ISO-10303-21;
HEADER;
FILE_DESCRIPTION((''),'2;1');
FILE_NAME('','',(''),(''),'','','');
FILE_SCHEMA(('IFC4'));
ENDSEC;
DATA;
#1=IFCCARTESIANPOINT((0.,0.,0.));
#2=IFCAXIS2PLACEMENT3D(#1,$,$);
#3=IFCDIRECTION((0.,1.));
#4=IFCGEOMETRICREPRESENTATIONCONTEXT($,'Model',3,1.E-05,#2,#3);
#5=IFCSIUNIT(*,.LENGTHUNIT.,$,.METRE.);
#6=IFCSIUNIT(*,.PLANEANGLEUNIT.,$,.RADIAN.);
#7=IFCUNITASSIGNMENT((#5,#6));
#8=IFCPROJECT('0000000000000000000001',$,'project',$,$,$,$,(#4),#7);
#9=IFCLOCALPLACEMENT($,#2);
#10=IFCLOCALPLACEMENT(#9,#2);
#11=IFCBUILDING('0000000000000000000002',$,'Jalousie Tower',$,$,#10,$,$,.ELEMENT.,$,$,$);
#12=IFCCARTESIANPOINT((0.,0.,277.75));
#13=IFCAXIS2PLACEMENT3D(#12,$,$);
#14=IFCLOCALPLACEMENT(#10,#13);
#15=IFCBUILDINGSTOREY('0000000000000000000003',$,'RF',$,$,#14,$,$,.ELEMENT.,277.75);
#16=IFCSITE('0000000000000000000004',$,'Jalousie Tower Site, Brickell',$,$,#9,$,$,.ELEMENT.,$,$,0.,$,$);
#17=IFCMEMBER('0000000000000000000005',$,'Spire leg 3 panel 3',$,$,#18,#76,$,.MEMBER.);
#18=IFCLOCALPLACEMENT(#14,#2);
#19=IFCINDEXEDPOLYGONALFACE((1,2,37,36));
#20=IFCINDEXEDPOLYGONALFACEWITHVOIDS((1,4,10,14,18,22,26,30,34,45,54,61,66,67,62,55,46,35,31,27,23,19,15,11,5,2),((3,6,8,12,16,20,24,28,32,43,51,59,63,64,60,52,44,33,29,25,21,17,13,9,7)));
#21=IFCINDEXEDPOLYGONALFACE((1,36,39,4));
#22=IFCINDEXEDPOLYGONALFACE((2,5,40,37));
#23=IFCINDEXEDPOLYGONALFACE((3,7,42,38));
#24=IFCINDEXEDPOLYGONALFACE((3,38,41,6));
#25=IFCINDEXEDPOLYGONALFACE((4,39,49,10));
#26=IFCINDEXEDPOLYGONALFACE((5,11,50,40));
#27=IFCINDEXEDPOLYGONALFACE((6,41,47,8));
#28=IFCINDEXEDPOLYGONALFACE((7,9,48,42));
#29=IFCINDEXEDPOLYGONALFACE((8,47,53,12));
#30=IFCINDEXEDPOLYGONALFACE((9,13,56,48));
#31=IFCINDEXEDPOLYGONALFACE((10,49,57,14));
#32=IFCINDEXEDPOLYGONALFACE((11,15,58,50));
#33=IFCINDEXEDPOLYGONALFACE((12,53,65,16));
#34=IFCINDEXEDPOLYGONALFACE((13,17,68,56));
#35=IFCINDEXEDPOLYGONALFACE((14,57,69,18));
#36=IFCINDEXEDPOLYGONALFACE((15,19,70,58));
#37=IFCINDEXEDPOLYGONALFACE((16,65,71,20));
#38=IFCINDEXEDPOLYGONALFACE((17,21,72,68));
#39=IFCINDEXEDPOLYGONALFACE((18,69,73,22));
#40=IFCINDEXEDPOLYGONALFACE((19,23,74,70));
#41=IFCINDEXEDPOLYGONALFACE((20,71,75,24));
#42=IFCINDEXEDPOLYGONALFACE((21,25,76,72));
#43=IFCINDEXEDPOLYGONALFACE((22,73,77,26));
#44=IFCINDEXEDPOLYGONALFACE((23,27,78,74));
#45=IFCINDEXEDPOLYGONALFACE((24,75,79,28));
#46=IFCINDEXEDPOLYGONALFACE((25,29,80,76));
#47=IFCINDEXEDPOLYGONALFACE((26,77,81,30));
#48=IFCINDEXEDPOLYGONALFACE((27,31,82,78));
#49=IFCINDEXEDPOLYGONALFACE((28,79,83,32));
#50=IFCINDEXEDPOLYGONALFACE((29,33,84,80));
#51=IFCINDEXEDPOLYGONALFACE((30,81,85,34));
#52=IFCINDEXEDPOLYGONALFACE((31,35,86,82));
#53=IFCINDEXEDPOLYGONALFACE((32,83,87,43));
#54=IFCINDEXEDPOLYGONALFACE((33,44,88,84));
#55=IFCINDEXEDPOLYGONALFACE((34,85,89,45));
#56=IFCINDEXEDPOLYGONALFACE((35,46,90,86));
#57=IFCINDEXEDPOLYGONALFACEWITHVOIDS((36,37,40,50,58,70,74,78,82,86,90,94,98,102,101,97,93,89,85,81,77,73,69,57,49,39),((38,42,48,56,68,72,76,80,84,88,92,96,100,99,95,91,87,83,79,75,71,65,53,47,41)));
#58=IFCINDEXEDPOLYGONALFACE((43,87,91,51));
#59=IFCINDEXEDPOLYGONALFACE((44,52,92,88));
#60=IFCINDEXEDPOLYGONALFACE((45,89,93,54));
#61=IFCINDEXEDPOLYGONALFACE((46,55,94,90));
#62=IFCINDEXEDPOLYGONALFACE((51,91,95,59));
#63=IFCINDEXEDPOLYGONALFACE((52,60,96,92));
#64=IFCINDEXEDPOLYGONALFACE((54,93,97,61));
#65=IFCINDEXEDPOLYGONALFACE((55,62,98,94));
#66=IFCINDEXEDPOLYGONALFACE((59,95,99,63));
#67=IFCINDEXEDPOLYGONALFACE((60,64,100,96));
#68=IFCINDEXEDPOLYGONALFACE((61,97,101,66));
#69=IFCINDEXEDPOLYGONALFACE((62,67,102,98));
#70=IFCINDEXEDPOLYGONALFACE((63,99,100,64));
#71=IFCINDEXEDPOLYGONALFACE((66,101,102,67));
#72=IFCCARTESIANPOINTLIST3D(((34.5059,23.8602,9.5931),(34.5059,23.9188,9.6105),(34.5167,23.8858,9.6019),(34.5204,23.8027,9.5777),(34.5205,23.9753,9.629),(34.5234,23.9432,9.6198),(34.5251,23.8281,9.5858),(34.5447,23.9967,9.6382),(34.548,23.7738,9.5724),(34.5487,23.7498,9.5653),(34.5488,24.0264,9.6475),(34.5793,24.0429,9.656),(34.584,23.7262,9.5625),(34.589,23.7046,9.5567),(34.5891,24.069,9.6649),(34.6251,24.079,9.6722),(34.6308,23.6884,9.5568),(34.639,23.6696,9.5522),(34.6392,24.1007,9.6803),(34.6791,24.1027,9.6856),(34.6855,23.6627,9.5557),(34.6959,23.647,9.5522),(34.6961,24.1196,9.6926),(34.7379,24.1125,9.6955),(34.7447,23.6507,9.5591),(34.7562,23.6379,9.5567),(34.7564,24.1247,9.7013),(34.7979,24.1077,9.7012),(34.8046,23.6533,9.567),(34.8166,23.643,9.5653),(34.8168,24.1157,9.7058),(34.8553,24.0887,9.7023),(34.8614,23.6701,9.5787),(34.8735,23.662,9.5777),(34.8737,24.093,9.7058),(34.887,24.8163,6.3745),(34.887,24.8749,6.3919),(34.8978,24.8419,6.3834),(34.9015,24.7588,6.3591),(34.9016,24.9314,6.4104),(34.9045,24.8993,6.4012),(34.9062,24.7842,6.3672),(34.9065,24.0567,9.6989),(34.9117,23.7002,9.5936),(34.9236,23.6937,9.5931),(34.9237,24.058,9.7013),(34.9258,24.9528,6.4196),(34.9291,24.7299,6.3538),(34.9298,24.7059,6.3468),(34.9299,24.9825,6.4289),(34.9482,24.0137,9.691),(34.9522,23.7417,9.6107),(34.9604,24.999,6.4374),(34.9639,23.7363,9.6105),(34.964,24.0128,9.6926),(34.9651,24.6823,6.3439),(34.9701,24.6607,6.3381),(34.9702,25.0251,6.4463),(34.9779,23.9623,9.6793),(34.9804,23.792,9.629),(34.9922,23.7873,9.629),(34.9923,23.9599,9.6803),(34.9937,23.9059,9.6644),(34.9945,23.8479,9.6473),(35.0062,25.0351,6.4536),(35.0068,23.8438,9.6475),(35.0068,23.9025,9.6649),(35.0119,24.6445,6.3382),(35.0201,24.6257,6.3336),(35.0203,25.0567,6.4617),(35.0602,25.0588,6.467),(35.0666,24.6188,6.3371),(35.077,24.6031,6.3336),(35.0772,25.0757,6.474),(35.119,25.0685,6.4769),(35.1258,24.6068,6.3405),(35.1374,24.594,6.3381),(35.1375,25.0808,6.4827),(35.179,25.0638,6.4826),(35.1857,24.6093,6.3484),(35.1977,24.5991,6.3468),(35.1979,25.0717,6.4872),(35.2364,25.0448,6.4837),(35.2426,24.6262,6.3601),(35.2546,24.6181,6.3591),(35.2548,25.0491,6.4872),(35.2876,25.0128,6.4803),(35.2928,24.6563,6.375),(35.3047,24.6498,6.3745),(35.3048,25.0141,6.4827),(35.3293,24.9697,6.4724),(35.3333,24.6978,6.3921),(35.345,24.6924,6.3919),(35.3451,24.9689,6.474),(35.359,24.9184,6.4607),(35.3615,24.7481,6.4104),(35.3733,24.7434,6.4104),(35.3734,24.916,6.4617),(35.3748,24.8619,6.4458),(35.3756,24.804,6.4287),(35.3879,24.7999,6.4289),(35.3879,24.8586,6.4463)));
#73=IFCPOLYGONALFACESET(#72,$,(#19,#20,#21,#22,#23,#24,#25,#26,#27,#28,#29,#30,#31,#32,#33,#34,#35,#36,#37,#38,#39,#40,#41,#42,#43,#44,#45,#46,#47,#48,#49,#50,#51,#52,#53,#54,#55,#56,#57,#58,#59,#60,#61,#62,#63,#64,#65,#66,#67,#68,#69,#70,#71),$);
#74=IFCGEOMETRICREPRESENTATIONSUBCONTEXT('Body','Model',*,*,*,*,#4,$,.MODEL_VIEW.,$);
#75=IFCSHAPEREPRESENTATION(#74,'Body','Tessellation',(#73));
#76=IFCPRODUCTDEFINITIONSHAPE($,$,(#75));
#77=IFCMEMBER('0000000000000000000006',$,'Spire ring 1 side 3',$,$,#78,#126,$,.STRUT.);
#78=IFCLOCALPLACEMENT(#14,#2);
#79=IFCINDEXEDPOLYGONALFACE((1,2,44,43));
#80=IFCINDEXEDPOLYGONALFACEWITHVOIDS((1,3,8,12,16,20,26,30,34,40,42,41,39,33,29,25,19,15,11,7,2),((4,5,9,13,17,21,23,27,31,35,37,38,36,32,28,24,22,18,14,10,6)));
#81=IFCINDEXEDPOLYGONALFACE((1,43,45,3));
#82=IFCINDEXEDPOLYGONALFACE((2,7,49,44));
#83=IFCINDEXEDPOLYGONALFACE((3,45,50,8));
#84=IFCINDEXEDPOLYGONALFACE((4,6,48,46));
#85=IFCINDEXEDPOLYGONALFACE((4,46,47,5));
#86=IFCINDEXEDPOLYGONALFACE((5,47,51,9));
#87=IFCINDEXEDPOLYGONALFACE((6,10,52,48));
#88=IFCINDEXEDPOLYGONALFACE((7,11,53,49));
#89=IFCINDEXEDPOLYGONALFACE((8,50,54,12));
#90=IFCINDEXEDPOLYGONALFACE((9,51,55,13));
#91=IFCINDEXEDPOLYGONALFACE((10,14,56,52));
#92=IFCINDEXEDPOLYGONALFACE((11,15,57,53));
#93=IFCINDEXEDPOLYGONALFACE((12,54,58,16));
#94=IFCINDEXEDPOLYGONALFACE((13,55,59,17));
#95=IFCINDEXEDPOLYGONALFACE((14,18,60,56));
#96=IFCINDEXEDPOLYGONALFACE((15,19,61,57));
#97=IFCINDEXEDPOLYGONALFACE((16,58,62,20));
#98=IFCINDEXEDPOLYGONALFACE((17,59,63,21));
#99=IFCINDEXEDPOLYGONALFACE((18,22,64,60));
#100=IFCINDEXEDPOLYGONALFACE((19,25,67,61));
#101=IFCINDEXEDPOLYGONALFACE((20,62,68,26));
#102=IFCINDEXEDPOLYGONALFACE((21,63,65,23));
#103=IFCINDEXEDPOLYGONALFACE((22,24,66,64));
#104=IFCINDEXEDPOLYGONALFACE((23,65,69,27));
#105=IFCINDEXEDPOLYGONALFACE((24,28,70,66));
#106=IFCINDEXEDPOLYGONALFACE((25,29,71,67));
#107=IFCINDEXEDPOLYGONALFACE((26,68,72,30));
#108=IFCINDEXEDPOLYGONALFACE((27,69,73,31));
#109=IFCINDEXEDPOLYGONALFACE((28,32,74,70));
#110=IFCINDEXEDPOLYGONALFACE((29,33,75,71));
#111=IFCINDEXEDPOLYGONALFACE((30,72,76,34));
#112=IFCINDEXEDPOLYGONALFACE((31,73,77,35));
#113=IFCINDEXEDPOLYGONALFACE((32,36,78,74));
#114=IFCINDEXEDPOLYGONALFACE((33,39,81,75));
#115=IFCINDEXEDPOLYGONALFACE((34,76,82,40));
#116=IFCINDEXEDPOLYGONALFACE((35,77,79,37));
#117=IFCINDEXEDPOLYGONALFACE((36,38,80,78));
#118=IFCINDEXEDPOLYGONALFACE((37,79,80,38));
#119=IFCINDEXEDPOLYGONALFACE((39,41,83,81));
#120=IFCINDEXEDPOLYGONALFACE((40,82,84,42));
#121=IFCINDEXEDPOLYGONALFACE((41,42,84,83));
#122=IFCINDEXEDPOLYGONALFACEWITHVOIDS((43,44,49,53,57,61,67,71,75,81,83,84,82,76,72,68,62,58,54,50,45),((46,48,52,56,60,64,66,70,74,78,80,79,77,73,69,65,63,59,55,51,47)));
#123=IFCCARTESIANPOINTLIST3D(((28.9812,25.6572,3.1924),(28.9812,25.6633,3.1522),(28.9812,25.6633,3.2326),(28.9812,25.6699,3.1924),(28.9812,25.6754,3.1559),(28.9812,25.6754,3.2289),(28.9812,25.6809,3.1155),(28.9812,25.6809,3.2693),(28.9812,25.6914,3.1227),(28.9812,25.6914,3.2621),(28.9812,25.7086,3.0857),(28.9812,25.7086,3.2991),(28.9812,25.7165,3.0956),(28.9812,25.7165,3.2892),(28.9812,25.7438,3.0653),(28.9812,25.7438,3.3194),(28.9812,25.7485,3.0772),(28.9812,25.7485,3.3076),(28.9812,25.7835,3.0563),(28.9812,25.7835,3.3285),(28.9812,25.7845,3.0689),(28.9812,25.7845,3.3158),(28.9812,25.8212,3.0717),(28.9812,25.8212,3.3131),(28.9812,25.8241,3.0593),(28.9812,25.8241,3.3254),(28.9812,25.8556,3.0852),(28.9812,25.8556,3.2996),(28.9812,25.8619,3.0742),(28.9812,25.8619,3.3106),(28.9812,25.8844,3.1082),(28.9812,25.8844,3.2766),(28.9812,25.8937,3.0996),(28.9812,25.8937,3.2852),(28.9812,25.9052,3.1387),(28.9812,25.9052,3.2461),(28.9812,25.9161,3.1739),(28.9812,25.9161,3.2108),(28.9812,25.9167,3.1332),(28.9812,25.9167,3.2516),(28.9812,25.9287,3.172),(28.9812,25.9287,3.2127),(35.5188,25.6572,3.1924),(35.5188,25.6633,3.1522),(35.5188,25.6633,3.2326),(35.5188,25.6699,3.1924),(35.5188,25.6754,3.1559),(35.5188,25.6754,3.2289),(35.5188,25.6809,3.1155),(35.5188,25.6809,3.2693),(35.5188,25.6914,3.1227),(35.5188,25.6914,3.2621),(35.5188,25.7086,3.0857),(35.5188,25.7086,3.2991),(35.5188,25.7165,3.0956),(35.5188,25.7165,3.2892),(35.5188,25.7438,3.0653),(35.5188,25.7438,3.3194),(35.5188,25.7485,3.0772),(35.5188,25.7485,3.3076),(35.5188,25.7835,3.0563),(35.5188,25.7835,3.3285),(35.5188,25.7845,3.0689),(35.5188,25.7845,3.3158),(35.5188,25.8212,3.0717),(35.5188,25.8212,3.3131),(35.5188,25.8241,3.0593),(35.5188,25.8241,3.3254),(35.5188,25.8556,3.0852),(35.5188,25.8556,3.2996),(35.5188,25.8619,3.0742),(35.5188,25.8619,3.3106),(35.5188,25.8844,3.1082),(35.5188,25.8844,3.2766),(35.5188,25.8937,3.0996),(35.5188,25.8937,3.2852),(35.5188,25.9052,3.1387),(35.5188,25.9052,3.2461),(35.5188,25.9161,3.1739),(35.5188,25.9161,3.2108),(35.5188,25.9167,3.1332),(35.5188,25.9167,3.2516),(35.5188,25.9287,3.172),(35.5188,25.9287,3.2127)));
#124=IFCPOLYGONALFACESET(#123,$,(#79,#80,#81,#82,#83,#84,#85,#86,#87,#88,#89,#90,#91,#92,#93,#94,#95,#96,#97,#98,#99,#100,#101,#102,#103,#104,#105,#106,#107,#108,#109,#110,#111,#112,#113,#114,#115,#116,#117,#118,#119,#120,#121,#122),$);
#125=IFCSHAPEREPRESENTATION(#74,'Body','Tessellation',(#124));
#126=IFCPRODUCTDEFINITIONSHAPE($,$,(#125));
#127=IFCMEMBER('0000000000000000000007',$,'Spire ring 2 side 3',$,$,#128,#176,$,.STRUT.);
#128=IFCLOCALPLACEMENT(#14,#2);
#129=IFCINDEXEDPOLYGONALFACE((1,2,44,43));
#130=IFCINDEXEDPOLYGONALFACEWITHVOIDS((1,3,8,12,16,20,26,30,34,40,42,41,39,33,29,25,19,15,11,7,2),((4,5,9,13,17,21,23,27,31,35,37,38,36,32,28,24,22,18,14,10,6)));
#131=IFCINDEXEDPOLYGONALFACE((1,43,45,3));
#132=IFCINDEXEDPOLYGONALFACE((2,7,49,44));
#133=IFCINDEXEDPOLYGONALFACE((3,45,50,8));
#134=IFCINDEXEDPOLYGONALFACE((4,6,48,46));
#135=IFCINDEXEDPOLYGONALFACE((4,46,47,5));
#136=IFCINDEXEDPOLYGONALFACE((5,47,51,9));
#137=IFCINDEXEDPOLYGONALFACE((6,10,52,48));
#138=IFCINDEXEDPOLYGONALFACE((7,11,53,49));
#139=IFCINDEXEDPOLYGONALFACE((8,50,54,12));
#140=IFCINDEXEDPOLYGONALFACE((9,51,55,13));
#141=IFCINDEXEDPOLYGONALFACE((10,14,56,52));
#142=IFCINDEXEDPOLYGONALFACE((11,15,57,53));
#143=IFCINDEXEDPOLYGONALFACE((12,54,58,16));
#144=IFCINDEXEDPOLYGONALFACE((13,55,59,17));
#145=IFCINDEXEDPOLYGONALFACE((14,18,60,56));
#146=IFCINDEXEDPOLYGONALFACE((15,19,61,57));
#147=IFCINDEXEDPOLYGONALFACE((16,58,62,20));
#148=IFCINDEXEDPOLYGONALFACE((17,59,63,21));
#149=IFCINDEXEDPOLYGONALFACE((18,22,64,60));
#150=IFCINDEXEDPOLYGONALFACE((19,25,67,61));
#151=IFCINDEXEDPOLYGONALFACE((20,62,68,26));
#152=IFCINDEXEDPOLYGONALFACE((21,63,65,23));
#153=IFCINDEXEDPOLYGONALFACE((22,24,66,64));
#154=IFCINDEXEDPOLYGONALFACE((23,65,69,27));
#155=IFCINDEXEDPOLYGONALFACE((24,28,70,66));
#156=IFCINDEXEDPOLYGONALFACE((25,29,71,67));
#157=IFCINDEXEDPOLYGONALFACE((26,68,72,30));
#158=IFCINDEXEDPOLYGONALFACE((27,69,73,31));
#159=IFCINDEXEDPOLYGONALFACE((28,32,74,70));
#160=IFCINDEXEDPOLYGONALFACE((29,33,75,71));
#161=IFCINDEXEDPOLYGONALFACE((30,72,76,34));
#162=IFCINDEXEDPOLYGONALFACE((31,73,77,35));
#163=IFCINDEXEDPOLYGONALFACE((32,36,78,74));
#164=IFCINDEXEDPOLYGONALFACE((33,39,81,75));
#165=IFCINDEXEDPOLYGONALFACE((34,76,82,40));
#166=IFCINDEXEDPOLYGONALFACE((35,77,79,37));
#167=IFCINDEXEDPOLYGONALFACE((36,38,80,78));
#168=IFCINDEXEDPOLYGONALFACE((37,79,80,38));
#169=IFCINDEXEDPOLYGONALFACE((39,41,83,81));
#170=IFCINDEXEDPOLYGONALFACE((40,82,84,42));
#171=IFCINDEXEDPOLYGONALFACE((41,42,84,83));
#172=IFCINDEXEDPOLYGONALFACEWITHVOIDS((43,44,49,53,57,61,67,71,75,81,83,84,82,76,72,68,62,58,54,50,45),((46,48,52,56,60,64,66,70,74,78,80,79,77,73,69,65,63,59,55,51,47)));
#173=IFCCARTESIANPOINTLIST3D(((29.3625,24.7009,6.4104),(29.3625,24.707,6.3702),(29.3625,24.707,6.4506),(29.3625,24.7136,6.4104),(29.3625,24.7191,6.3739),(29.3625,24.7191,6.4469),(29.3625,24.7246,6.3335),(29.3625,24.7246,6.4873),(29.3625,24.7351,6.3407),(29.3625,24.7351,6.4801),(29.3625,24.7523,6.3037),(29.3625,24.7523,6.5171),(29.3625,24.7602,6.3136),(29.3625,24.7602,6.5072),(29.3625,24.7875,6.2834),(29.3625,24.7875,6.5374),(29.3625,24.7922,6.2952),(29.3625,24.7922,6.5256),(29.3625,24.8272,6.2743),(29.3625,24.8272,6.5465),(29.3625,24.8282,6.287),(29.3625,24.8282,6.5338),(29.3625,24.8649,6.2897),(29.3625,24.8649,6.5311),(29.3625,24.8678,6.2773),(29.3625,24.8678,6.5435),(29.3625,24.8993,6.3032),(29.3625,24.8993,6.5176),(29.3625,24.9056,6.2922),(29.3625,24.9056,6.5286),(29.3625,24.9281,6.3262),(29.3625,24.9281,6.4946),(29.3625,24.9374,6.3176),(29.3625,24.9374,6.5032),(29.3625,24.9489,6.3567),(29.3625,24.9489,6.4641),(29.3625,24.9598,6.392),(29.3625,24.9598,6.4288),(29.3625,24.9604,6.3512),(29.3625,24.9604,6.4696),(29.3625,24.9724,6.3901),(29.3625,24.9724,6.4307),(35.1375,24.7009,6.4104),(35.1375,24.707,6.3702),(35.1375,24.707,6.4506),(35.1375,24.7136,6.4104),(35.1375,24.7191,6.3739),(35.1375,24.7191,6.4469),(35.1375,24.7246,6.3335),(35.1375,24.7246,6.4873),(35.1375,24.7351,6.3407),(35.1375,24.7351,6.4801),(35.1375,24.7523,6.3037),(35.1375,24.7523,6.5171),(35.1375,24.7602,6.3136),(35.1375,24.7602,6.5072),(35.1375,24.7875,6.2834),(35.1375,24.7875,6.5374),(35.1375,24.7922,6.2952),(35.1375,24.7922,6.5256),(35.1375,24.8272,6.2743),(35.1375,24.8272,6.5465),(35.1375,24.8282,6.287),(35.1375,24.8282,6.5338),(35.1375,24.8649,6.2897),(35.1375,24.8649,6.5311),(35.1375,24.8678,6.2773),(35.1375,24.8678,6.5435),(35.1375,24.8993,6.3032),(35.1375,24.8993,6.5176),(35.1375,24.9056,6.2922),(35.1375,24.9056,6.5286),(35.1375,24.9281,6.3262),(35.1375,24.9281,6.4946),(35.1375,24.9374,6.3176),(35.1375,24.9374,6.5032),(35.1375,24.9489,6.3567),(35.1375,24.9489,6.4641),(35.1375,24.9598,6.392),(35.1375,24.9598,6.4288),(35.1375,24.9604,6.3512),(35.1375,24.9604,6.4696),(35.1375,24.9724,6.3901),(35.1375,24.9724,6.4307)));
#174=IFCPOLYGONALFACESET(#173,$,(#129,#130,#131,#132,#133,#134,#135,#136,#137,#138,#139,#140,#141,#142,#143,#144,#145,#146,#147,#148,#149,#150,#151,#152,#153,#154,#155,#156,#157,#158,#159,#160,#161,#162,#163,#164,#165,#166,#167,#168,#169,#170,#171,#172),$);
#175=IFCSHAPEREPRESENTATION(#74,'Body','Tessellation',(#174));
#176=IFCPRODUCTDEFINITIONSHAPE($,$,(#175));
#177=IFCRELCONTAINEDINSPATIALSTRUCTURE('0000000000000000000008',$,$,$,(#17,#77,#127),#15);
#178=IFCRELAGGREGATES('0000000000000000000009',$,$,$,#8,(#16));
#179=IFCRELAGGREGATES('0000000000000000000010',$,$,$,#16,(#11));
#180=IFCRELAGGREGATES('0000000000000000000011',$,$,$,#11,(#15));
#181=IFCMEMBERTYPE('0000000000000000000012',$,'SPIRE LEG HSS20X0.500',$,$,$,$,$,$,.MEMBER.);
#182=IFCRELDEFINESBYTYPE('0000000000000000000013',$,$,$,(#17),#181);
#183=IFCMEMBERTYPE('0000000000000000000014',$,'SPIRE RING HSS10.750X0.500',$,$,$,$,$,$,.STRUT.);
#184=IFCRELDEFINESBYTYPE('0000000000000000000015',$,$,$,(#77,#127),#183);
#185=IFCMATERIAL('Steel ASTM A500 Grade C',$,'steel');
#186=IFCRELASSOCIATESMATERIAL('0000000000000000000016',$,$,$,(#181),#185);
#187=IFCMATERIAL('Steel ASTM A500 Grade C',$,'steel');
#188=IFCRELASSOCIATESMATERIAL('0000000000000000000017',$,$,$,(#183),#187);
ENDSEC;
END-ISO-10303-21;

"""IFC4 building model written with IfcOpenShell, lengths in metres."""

from ifc_helpers import new_model, si_unit, direction, frame, origin, origin_2d, place, context, subcontext, project, spatial, hollow_circle, extrude, material, material_profile, profile_set, type_object, element, save


model = new_model("IFC4")

# Units and contexts
model_context = context("Model", 3, precision=1e-05, world=origin(), true_north=direction((0.0, 1.0)))
body_context = subcontext(model_context, "Body", "Model", "MODEL_VIEW")
ifc_project = project(units=[si_unit("LENGTHUNIT", "METRE"), si_unit("PLANEANGLEUNIT", "RADIAN")], contexts=[model_context])

# Site, building, storey
site_placement = place(None, origin())
site = spatial("IfcSite", under=ifc_project, at=site_placement, Name="Jalousie Tower Site, Brickell", CompositionType="ELEMENT", RefElevation=0.0)
building_placement = place(site_placement, origin())
building = spatial("IfcBuilding", under=site, at=building_placement, Name="Jalousie Tower", CompositionType="ELEMENT")
storey_placement = place(building_placement, frame((0.0, 0.0, 277.75)))
storey = spatial("IfcBuildingStorey", under=building, at=storey_placement, Name="RF", CompositionType="ELEMENT", Elevation=277.75)

# Members
ifc_material_1 = material(Name="Steel ASTM A500 Grade C", Category="steel")
ifc_material_profile_1 = material_profile(ifc_material_1, hollow_circle(Radius=0.2539, WallThickness=0.0127, at=origin_2d()), Name="HSS20X0.500")
ifc_profile_set_1 = profile_set([ifc_material_profile_1], Name="Steel ASTM A500 Grade C")
member_type_1 = type_object("IfcMemberType", Name="SPIRE LEG HSS20X0.500", PredefinedType="MEMBER", material=ifc_profile_set_1)
member_1_placement = place(storey_placement, frame((35.1375, 24.8374, 6.4104), z_axis=(-0.112784, -0.282935, 0.952485), x_axis=(0.928918, -0.370286, 0.0)))
element("IfcMember", 1, at=member_1_placement, inside=storey, type_object=member_type_1, Name="Spire leg 3 panel 3", PredefinedType="MEMBER", context=body_context, shape_type="SweptSolid", body=[
    extrude(hollow_circle(Radius=0.2539, WallThickness=0.0127, at=origin_2d()), origin(), (0.0, 0.0, 1.0), 3.3792),
])
ifc_material_2 = material(Name="Steel ASTM A500 Grade C", Category="steel")
ifc_material_profile_2 = material_profile(ifc_material_2, hollow_circle(Radius=0.1365, WallThickness=0.0127, at=origin_2d()), Name="HSS10.750X0.500")
ifc_profile_set_2 = profile_set([ifc_material_profile_2], Name="Steel ASTM A500 Grade C")
member_type_2 = type_object("IfcMemberType", Name="SPIRE RING HSS10.750X0.500", PredefinedType="STRUT", material=ifc_profile_set_2)
member_2_placement = place(storey_placement, frame((35.5188, 25.7937, 3.1924), z_axis=(-1.0, 0.0, 0.0), x_axis=(0.0, -1.0, 0.0)))
element("IfcMember", 2, at=member_2_placement, inside=storey, type_object=member_type_2, Name="Spire ring 1 side 3", PredefinedType="STRUT", context=body_context, shape_type="SweptSolid", body=[
    extrude(hollow_circle(Radius=0.1365, WallThickness=0.0127, at=origin_2d()), origin(), (0.0, 0.0, 1.0), 6.5376),
])
member_3_placement = place(storey_placement, frame((35.1375, 24.8374, 6.4104), z_axis=(-1.0, 0.0, 0.0), x_axis=(0.0, -1.0, 0.0)))
element("IfcMember", 3, at=member_3_placement, inside=storey, type_object=member_type_2, Name="Spire ring 2 side 3", PredefinedType="STRUT", context=body_context, shape_type="SweptSolid", body=[
    extrude(hollow_circle(Radius=0.1365, WallThickness=0.0127, at=origin_2d()), origin(), (0.0, 0.0, 1.0), 5.7749),
])

save(model, "model.ifc")
